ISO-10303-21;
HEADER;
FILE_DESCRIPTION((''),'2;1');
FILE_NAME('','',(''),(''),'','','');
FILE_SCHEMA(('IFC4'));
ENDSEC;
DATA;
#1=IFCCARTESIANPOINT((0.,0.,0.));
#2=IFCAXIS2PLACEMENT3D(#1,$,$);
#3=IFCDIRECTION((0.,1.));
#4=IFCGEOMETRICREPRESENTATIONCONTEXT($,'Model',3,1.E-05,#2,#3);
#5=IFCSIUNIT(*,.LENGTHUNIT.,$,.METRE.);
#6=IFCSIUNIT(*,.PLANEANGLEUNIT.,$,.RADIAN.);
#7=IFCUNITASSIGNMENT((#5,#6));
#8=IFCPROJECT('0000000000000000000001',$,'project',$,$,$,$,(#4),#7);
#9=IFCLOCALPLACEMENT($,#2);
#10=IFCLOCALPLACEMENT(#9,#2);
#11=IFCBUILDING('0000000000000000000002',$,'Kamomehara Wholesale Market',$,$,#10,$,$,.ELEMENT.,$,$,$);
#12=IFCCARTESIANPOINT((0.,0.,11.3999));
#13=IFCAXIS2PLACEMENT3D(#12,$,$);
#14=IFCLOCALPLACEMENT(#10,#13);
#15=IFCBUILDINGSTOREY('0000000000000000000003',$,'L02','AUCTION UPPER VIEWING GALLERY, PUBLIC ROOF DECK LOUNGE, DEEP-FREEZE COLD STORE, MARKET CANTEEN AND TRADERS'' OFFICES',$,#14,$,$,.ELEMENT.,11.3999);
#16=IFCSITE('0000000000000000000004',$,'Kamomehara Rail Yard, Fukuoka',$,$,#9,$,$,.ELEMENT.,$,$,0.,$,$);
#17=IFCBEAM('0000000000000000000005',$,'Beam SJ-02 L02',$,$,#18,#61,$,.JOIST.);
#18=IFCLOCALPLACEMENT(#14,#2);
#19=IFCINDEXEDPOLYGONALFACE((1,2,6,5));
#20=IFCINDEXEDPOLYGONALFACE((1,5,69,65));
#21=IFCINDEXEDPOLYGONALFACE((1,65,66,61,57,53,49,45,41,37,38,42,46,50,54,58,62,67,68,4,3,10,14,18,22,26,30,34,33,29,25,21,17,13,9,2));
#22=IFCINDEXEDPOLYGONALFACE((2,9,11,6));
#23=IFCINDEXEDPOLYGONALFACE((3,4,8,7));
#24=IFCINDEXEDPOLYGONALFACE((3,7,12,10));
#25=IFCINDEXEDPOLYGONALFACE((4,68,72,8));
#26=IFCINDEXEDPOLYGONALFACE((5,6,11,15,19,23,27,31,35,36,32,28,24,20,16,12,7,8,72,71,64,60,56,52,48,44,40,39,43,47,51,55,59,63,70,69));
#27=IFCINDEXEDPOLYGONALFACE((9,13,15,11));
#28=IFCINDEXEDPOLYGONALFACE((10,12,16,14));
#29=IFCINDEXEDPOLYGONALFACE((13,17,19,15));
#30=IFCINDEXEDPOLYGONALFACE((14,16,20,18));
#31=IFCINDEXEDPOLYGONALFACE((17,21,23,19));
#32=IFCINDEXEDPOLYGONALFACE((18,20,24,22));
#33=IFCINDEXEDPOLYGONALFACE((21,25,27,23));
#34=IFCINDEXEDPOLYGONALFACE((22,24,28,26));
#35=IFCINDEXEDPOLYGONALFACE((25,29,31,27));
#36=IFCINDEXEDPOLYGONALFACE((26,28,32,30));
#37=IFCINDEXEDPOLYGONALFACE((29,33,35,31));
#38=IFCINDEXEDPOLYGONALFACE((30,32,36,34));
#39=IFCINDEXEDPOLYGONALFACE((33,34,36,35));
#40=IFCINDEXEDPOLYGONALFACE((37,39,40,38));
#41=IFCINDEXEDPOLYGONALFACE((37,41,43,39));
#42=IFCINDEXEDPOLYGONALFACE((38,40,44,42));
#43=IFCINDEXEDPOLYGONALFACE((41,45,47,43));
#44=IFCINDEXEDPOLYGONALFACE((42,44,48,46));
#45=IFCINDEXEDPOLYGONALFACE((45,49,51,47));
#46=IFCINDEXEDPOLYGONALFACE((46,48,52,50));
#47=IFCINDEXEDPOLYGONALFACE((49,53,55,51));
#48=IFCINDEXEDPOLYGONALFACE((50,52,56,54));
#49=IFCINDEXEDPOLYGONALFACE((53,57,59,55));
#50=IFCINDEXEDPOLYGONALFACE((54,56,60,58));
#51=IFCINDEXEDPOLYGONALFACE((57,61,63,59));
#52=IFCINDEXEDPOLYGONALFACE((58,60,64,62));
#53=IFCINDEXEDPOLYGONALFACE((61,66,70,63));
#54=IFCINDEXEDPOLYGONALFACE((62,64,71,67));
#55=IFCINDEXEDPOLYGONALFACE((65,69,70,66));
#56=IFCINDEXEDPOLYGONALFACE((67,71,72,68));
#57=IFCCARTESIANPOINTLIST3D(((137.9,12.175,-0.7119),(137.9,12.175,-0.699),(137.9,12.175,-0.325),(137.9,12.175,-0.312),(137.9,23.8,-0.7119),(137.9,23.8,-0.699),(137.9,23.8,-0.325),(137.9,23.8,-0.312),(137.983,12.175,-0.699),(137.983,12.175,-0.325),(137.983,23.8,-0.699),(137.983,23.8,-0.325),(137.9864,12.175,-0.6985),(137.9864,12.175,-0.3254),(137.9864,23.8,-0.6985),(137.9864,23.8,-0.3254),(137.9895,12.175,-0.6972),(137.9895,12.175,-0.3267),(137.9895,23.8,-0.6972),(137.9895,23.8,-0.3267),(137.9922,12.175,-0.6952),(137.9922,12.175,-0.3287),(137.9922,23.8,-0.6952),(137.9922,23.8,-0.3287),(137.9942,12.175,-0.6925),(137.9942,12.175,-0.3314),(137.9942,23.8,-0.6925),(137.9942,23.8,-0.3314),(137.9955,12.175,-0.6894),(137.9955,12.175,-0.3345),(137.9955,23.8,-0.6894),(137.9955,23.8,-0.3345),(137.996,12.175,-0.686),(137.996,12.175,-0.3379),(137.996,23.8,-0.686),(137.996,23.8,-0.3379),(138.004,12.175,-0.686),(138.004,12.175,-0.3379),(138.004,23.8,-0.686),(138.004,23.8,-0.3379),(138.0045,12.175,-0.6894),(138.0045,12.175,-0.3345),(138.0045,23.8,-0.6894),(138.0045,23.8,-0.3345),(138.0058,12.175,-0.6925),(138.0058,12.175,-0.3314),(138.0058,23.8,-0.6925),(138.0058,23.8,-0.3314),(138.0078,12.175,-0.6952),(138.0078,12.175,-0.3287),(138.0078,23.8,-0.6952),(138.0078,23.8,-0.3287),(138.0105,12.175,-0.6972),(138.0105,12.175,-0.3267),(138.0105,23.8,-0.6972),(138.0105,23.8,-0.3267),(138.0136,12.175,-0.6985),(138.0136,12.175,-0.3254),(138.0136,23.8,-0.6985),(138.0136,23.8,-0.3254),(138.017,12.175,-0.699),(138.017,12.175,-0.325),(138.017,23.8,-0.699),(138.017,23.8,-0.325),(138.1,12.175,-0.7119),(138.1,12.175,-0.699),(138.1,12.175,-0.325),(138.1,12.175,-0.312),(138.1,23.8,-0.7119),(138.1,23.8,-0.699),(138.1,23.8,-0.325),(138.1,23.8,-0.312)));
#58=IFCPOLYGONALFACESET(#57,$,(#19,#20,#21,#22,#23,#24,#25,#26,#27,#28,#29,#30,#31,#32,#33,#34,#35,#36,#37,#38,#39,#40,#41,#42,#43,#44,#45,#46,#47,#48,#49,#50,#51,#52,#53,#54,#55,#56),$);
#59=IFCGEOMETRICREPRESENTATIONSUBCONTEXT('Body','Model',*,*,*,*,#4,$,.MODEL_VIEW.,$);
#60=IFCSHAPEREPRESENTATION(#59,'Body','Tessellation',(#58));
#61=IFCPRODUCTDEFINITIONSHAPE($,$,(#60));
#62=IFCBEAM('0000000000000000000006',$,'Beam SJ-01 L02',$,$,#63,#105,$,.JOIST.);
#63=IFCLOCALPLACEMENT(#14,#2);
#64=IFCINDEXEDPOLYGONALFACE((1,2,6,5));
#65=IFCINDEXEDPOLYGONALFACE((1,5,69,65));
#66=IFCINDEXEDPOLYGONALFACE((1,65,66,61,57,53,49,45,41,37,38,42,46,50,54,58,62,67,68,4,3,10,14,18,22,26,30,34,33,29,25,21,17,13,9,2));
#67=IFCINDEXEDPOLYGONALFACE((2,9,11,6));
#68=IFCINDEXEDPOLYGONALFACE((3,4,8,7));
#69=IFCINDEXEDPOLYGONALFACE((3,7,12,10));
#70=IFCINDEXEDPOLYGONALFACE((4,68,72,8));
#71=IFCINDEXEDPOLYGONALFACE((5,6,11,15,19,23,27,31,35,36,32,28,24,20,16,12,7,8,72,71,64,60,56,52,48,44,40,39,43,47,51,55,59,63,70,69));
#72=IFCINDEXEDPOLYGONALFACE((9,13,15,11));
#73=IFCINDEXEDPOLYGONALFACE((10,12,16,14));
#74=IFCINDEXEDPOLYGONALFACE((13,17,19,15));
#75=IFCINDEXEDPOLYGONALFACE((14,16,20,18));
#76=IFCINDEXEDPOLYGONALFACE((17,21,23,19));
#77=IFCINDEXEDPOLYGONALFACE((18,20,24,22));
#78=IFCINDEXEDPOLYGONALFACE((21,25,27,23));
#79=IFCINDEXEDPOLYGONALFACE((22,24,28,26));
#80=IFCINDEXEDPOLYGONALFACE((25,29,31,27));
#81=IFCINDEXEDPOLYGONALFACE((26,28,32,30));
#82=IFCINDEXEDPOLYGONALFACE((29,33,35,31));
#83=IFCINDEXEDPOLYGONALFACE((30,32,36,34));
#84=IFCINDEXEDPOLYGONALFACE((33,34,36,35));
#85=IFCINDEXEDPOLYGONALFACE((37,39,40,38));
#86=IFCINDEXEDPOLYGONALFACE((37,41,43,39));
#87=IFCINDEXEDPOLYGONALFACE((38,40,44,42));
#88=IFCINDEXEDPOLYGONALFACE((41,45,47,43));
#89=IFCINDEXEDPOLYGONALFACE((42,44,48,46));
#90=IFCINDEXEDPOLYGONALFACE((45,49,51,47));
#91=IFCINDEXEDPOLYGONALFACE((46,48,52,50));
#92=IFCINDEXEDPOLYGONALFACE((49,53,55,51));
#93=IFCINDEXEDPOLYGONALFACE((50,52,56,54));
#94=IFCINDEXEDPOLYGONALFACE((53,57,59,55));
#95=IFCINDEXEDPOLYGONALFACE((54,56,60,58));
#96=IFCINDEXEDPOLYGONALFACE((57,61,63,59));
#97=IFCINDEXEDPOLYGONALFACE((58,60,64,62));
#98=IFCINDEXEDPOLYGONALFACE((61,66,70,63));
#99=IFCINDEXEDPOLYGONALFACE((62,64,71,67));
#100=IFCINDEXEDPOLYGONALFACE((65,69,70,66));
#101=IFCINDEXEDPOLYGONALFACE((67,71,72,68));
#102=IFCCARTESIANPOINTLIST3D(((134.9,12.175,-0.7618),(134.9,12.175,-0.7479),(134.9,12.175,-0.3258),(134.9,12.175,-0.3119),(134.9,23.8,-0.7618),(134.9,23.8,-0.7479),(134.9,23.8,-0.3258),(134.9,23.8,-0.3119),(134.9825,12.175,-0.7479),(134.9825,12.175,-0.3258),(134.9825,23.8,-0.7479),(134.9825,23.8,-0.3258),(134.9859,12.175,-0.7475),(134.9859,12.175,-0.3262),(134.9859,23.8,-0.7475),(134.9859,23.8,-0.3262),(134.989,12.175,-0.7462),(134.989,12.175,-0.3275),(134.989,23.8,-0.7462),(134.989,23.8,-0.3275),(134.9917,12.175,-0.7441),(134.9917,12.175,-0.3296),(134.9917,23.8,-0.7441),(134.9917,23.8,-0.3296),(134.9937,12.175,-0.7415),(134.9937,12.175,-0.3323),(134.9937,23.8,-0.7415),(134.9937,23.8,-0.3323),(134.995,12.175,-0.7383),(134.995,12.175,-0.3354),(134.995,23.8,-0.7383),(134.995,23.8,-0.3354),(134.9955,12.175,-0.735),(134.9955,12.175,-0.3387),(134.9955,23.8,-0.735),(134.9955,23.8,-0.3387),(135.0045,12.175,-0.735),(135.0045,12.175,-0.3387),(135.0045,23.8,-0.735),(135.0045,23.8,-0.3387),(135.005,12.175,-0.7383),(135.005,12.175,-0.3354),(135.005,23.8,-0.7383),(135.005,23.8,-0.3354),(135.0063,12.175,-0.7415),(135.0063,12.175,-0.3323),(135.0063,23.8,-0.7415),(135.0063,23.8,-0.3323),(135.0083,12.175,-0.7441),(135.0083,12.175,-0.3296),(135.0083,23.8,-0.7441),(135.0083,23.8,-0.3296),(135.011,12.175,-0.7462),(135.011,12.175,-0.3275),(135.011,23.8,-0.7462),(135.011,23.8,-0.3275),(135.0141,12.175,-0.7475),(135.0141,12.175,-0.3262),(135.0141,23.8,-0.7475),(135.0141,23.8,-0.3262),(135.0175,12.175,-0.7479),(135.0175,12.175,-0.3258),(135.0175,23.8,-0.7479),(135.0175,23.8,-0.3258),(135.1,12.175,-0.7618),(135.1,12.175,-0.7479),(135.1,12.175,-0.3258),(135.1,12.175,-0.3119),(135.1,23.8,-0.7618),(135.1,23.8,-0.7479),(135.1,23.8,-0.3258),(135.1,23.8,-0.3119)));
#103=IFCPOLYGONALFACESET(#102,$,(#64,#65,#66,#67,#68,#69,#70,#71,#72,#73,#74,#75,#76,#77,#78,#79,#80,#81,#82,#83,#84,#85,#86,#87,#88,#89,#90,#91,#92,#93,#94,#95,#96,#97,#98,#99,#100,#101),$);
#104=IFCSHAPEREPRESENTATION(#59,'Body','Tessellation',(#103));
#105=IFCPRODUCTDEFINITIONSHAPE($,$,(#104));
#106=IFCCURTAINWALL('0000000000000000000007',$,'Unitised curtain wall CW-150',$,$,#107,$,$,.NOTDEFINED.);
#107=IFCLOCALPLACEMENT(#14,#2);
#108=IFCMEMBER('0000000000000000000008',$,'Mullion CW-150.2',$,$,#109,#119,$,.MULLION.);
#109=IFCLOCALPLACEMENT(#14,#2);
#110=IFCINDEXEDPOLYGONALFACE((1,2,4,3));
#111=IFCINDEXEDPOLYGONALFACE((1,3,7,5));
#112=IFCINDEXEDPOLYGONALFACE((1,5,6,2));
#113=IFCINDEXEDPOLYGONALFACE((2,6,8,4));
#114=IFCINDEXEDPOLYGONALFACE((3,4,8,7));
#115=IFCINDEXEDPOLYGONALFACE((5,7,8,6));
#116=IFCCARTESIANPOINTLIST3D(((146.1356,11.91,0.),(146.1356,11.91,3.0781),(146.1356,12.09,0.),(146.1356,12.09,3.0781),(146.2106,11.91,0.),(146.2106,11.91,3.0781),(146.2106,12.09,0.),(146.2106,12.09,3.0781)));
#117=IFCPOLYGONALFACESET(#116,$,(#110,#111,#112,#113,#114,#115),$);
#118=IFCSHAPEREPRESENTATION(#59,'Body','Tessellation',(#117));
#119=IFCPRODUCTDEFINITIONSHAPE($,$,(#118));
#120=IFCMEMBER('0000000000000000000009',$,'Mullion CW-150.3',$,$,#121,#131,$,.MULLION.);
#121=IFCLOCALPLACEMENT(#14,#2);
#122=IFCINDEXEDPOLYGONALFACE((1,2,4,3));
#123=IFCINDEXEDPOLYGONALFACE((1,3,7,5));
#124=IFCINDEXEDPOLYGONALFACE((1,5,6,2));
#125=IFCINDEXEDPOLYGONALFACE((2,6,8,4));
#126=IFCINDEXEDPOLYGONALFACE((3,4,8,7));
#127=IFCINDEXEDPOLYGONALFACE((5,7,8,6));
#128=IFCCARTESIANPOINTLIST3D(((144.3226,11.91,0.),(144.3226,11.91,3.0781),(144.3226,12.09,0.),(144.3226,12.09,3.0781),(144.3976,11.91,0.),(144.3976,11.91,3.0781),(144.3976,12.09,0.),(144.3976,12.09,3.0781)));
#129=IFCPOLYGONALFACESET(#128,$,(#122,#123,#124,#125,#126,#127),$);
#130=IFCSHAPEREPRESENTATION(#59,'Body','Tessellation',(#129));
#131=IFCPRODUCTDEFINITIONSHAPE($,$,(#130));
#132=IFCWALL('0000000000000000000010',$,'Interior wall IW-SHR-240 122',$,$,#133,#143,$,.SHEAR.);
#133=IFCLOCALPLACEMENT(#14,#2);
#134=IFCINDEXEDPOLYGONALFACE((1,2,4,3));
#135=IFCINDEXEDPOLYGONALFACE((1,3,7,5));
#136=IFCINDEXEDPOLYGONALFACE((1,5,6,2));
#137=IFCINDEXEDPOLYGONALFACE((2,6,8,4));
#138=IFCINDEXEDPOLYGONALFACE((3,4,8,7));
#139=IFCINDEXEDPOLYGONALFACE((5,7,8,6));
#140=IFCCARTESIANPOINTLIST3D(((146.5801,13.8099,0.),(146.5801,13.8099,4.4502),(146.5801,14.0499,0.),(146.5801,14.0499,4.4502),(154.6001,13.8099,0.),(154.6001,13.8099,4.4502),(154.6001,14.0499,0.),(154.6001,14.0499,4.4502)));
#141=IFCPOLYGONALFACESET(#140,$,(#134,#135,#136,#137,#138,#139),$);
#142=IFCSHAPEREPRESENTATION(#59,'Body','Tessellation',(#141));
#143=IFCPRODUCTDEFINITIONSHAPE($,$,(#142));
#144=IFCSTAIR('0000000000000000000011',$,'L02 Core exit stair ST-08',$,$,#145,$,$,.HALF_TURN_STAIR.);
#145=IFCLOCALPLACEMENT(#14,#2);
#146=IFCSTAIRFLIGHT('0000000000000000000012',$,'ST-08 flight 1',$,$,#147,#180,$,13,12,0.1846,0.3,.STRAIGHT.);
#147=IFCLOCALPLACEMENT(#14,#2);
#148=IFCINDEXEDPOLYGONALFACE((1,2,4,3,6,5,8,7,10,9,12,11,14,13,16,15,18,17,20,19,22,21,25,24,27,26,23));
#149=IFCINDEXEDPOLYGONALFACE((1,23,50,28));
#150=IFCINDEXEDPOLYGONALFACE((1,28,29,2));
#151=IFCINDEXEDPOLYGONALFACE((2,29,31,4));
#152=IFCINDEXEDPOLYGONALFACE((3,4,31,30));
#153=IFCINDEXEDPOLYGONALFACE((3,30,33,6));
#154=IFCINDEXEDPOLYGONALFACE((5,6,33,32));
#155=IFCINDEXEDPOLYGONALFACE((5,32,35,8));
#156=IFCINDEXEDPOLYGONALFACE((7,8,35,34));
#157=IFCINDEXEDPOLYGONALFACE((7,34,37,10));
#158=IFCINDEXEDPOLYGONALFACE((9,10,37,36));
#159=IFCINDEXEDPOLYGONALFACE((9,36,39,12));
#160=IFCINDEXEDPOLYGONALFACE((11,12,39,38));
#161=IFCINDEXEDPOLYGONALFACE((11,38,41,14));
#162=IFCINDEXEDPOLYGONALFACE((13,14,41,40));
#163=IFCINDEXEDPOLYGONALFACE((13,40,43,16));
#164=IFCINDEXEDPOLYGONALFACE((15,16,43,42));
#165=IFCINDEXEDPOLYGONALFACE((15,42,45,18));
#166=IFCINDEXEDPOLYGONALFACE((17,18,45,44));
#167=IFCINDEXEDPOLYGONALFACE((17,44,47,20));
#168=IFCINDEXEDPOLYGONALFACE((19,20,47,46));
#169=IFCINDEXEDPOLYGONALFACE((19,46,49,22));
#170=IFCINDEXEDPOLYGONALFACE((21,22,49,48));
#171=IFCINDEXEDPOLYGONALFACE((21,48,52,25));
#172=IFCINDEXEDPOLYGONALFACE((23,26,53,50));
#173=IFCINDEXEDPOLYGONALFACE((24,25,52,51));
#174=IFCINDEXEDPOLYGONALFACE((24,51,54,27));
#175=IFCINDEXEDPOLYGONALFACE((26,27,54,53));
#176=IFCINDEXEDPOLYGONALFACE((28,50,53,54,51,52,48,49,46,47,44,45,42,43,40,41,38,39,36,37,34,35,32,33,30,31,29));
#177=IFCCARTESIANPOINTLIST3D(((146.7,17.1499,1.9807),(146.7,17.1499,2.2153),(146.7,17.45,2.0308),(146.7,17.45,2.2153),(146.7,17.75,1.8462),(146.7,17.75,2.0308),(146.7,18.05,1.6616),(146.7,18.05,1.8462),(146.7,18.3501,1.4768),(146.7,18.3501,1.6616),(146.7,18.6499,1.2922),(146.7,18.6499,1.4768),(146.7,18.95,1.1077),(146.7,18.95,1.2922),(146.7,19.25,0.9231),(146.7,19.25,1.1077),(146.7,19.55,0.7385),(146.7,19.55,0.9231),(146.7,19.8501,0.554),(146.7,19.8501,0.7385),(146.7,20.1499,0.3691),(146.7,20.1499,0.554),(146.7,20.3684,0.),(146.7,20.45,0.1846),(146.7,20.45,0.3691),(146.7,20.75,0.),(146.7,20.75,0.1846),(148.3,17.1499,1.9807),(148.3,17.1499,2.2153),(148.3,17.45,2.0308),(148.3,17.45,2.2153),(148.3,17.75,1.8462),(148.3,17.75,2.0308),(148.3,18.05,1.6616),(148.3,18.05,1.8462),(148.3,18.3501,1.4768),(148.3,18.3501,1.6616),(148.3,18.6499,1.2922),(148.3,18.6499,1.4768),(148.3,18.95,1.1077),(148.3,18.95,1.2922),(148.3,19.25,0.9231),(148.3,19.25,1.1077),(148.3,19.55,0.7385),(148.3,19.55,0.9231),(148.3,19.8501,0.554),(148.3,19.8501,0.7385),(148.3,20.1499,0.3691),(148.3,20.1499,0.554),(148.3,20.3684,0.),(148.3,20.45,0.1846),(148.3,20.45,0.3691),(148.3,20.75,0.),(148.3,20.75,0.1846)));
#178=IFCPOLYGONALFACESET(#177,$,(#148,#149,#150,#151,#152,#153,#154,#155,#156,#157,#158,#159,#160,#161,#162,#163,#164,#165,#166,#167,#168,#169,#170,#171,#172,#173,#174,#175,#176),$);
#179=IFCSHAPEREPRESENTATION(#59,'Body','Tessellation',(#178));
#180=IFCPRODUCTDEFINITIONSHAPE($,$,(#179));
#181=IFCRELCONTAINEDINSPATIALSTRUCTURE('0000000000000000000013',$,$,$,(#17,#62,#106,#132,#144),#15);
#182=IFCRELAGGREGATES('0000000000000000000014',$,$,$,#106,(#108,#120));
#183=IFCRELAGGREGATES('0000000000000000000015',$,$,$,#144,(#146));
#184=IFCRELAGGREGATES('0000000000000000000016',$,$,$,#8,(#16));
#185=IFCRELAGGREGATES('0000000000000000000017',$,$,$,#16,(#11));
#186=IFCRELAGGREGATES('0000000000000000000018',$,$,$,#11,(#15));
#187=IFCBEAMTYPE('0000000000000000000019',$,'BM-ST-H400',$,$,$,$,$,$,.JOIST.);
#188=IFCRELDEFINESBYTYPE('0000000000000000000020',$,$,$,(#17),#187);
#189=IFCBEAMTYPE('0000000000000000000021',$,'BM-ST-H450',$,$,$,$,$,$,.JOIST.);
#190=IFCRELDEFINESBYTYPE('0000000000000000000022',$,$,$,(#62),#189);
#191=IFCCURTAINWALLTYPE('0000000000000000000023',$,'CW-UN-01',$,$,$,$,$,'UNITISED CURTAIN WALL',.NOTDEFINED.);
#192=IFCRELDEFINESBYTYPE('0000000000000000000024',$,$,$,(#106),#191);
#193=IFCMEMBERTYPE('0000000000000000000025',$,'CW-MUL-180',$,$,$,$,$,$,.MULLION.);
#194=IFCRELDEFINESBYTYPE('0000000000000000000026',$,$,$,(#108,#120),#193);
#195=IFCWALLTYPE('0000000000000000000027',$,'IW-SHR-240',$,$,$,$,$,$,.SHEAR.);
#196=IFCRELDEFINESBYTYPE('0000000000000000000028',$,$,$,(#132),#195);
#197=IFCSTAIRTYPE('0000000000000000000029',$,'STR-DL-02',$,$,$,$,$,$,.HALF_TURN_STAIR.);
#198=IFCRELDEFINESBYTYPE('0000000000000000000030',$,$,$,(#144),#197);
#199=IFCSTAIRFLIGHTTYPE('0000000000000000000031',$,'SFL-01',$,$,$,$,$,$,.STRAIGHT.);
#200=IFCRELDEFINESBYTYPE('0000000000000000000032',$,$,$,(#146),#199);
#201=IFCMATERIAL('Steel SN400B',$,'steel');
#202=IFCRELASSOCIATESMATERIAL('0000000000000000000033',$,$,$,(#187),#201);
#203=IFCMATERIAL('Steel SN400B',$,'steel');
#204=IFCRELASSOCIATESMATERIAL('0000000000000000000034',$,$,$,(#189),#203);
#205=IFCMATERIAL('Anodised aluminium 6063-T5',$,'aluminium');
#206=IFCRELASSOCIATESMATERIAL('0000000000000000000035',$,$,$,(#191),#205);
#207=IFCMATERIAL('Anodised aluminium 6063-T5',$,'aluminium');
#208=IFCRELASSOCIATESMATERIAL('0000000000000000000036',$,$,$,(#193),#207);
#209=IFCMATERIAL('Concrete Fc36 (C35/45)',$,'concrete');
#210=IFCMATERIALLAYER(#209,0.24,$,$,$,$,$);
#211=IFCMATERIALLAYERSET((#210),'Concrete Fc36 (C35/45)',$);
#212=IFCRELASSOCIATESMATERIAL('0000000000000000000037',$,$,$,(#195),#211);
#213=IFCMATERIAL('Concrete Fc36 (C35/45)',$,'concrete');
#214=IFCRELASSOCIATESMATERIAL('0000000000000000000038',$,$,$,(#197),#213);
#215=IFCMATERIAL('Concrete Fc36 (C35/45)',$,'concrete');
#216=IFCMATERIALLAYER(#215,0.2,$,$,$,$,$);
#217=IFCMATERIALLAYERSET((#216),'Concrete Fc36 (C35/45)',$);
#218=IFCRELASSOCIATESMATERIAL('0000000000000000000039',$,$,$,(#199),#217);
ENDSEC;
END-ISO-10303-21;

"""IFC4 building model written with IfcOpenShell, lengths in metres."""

from ifc_helpers import new_model, si_unit, direction, frame, frame_2d, origin, origin_2d, place, context, subcontext, project, spatial, polyline, rectangle, i_section, outline, extrude, material, layer, layer_set, material_profile, profile_set, type_object, element, aggregate, save


model = new_model("IFC4")

# Units and contexts
model_context = context("Model", 3, precision=1e-05, world=origin(), true_north=direction((0.0, 1.0)))
body_context = subcontext(model_context, "Body", "Model", "MODEL_VIEW")
ifc_project = project(units=[si_unit("LENGTHUNIT", "METRE"), si_unit("PLANEANGLEUNIT", "RADIAN")], contexts=[model_context])

# Site, building, storey
site_placement = place(None, origin())
site = spatial("IfcSite", under=ifc_project, at=site_placement, Name="Kamomehara Rail Yard, Fukuoka", CompositionType="ELEMENT", RefElevation=0.0)
building_placement = place(site_placement, origin())
building = spatial("IfcBuilding", under=site, at=building_placement, Name="Kamomehara Wholesale Market", CompositionType="ELEMENT")
storey_placement = place(building_placement, frame((0.0, 0.0, 11.3999)))
storey = spatial("IfcBuildingStorey", under=building, at=storey_placement, Name="L02", Description="AUCTION UPPER VIEWING GALLERY, PUBLIC ROOF DECK LOUNGE, DEEP-FREEZE COLD STORE, MARKET CANTEEN AND TRADERS' OFFICES", CompositionType="ELEMENT", Elevation=11.3999)

# Beams
ifc_material_1 = material(Name="Steel SN400B", Category="steel")
ifc_material_profile_1 = material_profile(ifc_material_1, i_section(OverallWidth=0.2, OverallDepth=0.3999, WebThickness=0.0081, FlangeThickness=0.0129, FilletRadius=0.0129, at=origin_2d()), Name="H-400x200x8x13")
ifc_profile_set_1 = profile_set([ifc_material_profile_1], Name="Steel SN400B")
beam_type_1 = type_object("IfcBeamType", Name="BM-ST-H400", PredefinedType="JOIST", material=ifc_profile_set_1)
beam_1_placement = place(storey_placement, frame((138.0, 12.175, -0.512), z_axis=(0.0, 1.0, 0.0), x_axis=(-1.0, 0.0, 0.0)))
element("IfcBeam", 1, at=beam_1_placement, inside=storey, type_object=beam_type_1, Name="Beam SJ-02 L02", PredefinedType="JOIST", context=body_context, shape_type="SweptSolid", body=[
    extrude(i_section(OverallWidth=0.2, OverallDepth=0.3999, WebThickness=0.0081, FlangeThickness=0.0129, FilletRadius=0.0129, at=origin_2d()), origin(), (0.0, 0.0, 1.0), 11.625),
])
ifc_material_2 = material(Name="Steel SN400B", Category="steel")
ifc_material_profile_2 = material_profile(ifc_material_2, i_section(OverallWidth=0.2, OverallDepth=0.45, WebThickness=0.009, FlangeThickness=0.0139, FilletRadius=0.0129, at=origin_2d()), Name="H-450x200x9x14")
ifc_profile_set_2 = profile_set([ifc_material_profile_2], Name="Steel SN400B")
beam_type_2 = type_object("IfcBeamType", Name="BM-ST-H450", PredefinedType="JOIST", material=ifc_profile_set_2)
beam_2_placement = place(storey_placement, frame((135.0, 12.175, -0.5369), z_axis=(0.0, 1.0, 0.0), x_axis=(-1.0, 0.0, 0.0)))
element("IfcBeam", 2, at=beam_2_placement, inside=storey, type_object=beam_type_2, Name="Beam SJ-01 L02", PredefinedType="JOIST", context=body_context, shape_type="SweptSolid", body=[
    extrude(i_section(OverallWidth=0.2, OverallDepth=0.45, WebThickness=0.009, FlangeThickness=0.0139, FilletRadius=0.0129, at=origin_2d()), origin(), (0.0, 0.0, 1.0), 11.625),
])

# Curtain wall, members
ifc_material_3 = material(Name="Anodised aluminium 6063-T5", Category="aluminium")
curtain_wall_type = type_object("IfcCurtainWallType", Name="CW-UN-01", ElementType="UNITISED CURTAIN WALL", PredefinedType="NOTDEFINED", material=ifc_material_3)
curtain_wall_placement = place(storey_placement, origin())
curtain_wall = element("IfcCurtainWall", 3, at=curtain_wall_placement, inside=storey, type_object=curtain_wall_type, Name="Unitised curtain wall CW-150", PredefinedType="NOTDEFINED")
ifc_material_4 = material(Name="Anodised aluminium 6063-T5", Category="aluminium")
ifc_material_profile_3 = material_profile(ifc_material_4, rectangle(XDim=0.075, YDim=0.1799, at=origin_2d()), Name="ALU-MUL-75x180")
ifc_profile_set_3 = profile_set([ifc_material_profile_3], Name="Anodised aluminium 6063-T5")
member_type = type_object("IfcMemberType", Name="CW-MUL-180", PredefinedType="MULLION", material=ifc_profile_set_3)
member_1_placement = place(storey_placement, frame((146.1731, 12.0, 0.0), z_axis=(0.0, 0.0, 1.0), x_axis=(-1.0, 0.0, 0.0)))
member_1 = element("IfcMember", 4, at=member_1_placement, type_object=member_type, Name="Mullion CW-150.2", PredefinedType="MULLION", context=body_context, shape_type="SweptSolid", body=[
    extrude(rectangle(XDim=0.075, YDim=0.1799, at=origin_2d()), origin(), (0.0, 0.0, 1.0), 3.0781),
])
member_2_placement = place(storey_placement, frame((144.3601, 12.0, 0.0), z_axis=(0.0, 0.0, 1.0), x_axis=(-1.0, 0.0, 0.0)))
member_2 = element("IfcMember", 5, at=member_2_placement, type_object=member_type, Name="Mullion CW-150.3", PredefinedType="MULLION", context=body_context, shape_type="SweptSolid", body=[
    extrude(rectangle(XDim=0.075, YDim=0.1799, at=origin_2d()), origin(), (0.0, 0.0, 1.0), 3.0781),
])
aggregate(curtain_wall, [member_1, member_2])

# Wall
ifc_material_5 = material(Name="Concrete Fc36 (C35/45)", Category="concrete")
ifc_layer_1 = layer(ifc_material_5, 0.24)
ifc_layer_set_1 = layer_set([ifc_layer_1], Name="Concrete Fc36 (C35/45)")
wall_type = type_object("IfcWallType", Name="IW-SHR-240", PredefinedType="SHEAR", material=ifc_layer_set_1)
wall_placement = place(storey_placement, frame((146.5801, 13.9299, 0.0), z_axis=(0.0, 0.0, 1.0), x_axis=(1.0, 0.0, 0.0)))
element("IfcWall", 6, at=wall_placement, inside=storey, type_object=wall_type, Name="Interior wall IW-SHR-240 122", PredefinedType="SHEAR", context=body_context, shape_type="SweptSolid", body=[
    extrude(rectangle(XDim=8.02, YDim=0.24, at=frame_2d((4.01, 0.0))), origin(), (0.0, 0.0, 1.0), 4.4502),
])

# Stair, stair flight
ifc_material_6 = material(Name="Concrete Fc36 (C35/45)", Category="concrete")
stair_type = type_object("IfcStairType", Name="STR-DL-02", PredefinedType="HALF_TURN_STAIR", material=ifc_material_6)
stair_placement = place(storey_placement, origin())
stair = element("IfcStair", 7, at=stair_placement, inside=storey, type_object=stair_type, Name="L02 Core exit stair ST-08", PredefinedType="HALF_TURN_STAIR")
ifc_material_7 = material(Name="Concrete Fc36 (C35/45)", Category="concrete")
ifc_layer_2 = layer(ifc_material_7, 0.2)
ifc_layer_set_2 = layer_set([ifc_layer_2], Name="Concrete Fc36 (C35/45)")
stair_flight_type = type_object("IfcStairFlightType", Name="SFL-01", PredefinedType="STRAIGHT", material=ifc_layer_set_2)
stair_flight_placement = place(storey_placement, frame((147.5, 20.75, 0.0), z_axis=(0.0, 0.0, 1.0), x_axis=(0.0, -1.0, 0.0)))
stair_flight = element("IfcStairFlight", 8, at=stair_flight_placement, type_object=stair_flight_type, Name="ST-08 flight 1", NumberOfRisers=13, NumberOfTreads=12, PredefinedType="STRAIGHT", RiserHeight=0.1846, TreadLength=0.3, context=body_context, shape_type="SweptSolid", body=[
    extrude(outline(polyline([(0.0, 0.0), (0.0, 0.1846), (0.3, 0.1846), (0.3, 0.3691), (0.6001, 0.3691), (0.6001, 0.554), (0.8999, 0.554), (0.8999, 0.7385), (1.2, 0.7385), (1.2, 0.9231), (1.5, 0.9231), (1.5, 1.1077), (1.8, 1.1077), (1.8, 1.2922), (2.1001, 1.2922), (2.1001, 1.4768), (2.3999, 1.4768), (2.3999, 1.6616), (2.7, 1.6616), (2.7, 1.8462), (3.0, 1.8462), (3.0, 2.0308), (3.3, 2.0308), (3.3, 2.2153), (3.6001, 2.2153), (3.6001, 2.3999), (3.6001, 1.9807), (0.3816, 0.0), (0.0, 0.0)])), frame((0.0, 0.8, 0.0), z_axis=(0.0, -1.0, 0.0), x_axis=(1.0, 0.0, 0.0)), (0.0, 0.0, 1.0), 1.6001),
])
aggregate(stair, [stair_flight])

save(model, "model.ifc")
